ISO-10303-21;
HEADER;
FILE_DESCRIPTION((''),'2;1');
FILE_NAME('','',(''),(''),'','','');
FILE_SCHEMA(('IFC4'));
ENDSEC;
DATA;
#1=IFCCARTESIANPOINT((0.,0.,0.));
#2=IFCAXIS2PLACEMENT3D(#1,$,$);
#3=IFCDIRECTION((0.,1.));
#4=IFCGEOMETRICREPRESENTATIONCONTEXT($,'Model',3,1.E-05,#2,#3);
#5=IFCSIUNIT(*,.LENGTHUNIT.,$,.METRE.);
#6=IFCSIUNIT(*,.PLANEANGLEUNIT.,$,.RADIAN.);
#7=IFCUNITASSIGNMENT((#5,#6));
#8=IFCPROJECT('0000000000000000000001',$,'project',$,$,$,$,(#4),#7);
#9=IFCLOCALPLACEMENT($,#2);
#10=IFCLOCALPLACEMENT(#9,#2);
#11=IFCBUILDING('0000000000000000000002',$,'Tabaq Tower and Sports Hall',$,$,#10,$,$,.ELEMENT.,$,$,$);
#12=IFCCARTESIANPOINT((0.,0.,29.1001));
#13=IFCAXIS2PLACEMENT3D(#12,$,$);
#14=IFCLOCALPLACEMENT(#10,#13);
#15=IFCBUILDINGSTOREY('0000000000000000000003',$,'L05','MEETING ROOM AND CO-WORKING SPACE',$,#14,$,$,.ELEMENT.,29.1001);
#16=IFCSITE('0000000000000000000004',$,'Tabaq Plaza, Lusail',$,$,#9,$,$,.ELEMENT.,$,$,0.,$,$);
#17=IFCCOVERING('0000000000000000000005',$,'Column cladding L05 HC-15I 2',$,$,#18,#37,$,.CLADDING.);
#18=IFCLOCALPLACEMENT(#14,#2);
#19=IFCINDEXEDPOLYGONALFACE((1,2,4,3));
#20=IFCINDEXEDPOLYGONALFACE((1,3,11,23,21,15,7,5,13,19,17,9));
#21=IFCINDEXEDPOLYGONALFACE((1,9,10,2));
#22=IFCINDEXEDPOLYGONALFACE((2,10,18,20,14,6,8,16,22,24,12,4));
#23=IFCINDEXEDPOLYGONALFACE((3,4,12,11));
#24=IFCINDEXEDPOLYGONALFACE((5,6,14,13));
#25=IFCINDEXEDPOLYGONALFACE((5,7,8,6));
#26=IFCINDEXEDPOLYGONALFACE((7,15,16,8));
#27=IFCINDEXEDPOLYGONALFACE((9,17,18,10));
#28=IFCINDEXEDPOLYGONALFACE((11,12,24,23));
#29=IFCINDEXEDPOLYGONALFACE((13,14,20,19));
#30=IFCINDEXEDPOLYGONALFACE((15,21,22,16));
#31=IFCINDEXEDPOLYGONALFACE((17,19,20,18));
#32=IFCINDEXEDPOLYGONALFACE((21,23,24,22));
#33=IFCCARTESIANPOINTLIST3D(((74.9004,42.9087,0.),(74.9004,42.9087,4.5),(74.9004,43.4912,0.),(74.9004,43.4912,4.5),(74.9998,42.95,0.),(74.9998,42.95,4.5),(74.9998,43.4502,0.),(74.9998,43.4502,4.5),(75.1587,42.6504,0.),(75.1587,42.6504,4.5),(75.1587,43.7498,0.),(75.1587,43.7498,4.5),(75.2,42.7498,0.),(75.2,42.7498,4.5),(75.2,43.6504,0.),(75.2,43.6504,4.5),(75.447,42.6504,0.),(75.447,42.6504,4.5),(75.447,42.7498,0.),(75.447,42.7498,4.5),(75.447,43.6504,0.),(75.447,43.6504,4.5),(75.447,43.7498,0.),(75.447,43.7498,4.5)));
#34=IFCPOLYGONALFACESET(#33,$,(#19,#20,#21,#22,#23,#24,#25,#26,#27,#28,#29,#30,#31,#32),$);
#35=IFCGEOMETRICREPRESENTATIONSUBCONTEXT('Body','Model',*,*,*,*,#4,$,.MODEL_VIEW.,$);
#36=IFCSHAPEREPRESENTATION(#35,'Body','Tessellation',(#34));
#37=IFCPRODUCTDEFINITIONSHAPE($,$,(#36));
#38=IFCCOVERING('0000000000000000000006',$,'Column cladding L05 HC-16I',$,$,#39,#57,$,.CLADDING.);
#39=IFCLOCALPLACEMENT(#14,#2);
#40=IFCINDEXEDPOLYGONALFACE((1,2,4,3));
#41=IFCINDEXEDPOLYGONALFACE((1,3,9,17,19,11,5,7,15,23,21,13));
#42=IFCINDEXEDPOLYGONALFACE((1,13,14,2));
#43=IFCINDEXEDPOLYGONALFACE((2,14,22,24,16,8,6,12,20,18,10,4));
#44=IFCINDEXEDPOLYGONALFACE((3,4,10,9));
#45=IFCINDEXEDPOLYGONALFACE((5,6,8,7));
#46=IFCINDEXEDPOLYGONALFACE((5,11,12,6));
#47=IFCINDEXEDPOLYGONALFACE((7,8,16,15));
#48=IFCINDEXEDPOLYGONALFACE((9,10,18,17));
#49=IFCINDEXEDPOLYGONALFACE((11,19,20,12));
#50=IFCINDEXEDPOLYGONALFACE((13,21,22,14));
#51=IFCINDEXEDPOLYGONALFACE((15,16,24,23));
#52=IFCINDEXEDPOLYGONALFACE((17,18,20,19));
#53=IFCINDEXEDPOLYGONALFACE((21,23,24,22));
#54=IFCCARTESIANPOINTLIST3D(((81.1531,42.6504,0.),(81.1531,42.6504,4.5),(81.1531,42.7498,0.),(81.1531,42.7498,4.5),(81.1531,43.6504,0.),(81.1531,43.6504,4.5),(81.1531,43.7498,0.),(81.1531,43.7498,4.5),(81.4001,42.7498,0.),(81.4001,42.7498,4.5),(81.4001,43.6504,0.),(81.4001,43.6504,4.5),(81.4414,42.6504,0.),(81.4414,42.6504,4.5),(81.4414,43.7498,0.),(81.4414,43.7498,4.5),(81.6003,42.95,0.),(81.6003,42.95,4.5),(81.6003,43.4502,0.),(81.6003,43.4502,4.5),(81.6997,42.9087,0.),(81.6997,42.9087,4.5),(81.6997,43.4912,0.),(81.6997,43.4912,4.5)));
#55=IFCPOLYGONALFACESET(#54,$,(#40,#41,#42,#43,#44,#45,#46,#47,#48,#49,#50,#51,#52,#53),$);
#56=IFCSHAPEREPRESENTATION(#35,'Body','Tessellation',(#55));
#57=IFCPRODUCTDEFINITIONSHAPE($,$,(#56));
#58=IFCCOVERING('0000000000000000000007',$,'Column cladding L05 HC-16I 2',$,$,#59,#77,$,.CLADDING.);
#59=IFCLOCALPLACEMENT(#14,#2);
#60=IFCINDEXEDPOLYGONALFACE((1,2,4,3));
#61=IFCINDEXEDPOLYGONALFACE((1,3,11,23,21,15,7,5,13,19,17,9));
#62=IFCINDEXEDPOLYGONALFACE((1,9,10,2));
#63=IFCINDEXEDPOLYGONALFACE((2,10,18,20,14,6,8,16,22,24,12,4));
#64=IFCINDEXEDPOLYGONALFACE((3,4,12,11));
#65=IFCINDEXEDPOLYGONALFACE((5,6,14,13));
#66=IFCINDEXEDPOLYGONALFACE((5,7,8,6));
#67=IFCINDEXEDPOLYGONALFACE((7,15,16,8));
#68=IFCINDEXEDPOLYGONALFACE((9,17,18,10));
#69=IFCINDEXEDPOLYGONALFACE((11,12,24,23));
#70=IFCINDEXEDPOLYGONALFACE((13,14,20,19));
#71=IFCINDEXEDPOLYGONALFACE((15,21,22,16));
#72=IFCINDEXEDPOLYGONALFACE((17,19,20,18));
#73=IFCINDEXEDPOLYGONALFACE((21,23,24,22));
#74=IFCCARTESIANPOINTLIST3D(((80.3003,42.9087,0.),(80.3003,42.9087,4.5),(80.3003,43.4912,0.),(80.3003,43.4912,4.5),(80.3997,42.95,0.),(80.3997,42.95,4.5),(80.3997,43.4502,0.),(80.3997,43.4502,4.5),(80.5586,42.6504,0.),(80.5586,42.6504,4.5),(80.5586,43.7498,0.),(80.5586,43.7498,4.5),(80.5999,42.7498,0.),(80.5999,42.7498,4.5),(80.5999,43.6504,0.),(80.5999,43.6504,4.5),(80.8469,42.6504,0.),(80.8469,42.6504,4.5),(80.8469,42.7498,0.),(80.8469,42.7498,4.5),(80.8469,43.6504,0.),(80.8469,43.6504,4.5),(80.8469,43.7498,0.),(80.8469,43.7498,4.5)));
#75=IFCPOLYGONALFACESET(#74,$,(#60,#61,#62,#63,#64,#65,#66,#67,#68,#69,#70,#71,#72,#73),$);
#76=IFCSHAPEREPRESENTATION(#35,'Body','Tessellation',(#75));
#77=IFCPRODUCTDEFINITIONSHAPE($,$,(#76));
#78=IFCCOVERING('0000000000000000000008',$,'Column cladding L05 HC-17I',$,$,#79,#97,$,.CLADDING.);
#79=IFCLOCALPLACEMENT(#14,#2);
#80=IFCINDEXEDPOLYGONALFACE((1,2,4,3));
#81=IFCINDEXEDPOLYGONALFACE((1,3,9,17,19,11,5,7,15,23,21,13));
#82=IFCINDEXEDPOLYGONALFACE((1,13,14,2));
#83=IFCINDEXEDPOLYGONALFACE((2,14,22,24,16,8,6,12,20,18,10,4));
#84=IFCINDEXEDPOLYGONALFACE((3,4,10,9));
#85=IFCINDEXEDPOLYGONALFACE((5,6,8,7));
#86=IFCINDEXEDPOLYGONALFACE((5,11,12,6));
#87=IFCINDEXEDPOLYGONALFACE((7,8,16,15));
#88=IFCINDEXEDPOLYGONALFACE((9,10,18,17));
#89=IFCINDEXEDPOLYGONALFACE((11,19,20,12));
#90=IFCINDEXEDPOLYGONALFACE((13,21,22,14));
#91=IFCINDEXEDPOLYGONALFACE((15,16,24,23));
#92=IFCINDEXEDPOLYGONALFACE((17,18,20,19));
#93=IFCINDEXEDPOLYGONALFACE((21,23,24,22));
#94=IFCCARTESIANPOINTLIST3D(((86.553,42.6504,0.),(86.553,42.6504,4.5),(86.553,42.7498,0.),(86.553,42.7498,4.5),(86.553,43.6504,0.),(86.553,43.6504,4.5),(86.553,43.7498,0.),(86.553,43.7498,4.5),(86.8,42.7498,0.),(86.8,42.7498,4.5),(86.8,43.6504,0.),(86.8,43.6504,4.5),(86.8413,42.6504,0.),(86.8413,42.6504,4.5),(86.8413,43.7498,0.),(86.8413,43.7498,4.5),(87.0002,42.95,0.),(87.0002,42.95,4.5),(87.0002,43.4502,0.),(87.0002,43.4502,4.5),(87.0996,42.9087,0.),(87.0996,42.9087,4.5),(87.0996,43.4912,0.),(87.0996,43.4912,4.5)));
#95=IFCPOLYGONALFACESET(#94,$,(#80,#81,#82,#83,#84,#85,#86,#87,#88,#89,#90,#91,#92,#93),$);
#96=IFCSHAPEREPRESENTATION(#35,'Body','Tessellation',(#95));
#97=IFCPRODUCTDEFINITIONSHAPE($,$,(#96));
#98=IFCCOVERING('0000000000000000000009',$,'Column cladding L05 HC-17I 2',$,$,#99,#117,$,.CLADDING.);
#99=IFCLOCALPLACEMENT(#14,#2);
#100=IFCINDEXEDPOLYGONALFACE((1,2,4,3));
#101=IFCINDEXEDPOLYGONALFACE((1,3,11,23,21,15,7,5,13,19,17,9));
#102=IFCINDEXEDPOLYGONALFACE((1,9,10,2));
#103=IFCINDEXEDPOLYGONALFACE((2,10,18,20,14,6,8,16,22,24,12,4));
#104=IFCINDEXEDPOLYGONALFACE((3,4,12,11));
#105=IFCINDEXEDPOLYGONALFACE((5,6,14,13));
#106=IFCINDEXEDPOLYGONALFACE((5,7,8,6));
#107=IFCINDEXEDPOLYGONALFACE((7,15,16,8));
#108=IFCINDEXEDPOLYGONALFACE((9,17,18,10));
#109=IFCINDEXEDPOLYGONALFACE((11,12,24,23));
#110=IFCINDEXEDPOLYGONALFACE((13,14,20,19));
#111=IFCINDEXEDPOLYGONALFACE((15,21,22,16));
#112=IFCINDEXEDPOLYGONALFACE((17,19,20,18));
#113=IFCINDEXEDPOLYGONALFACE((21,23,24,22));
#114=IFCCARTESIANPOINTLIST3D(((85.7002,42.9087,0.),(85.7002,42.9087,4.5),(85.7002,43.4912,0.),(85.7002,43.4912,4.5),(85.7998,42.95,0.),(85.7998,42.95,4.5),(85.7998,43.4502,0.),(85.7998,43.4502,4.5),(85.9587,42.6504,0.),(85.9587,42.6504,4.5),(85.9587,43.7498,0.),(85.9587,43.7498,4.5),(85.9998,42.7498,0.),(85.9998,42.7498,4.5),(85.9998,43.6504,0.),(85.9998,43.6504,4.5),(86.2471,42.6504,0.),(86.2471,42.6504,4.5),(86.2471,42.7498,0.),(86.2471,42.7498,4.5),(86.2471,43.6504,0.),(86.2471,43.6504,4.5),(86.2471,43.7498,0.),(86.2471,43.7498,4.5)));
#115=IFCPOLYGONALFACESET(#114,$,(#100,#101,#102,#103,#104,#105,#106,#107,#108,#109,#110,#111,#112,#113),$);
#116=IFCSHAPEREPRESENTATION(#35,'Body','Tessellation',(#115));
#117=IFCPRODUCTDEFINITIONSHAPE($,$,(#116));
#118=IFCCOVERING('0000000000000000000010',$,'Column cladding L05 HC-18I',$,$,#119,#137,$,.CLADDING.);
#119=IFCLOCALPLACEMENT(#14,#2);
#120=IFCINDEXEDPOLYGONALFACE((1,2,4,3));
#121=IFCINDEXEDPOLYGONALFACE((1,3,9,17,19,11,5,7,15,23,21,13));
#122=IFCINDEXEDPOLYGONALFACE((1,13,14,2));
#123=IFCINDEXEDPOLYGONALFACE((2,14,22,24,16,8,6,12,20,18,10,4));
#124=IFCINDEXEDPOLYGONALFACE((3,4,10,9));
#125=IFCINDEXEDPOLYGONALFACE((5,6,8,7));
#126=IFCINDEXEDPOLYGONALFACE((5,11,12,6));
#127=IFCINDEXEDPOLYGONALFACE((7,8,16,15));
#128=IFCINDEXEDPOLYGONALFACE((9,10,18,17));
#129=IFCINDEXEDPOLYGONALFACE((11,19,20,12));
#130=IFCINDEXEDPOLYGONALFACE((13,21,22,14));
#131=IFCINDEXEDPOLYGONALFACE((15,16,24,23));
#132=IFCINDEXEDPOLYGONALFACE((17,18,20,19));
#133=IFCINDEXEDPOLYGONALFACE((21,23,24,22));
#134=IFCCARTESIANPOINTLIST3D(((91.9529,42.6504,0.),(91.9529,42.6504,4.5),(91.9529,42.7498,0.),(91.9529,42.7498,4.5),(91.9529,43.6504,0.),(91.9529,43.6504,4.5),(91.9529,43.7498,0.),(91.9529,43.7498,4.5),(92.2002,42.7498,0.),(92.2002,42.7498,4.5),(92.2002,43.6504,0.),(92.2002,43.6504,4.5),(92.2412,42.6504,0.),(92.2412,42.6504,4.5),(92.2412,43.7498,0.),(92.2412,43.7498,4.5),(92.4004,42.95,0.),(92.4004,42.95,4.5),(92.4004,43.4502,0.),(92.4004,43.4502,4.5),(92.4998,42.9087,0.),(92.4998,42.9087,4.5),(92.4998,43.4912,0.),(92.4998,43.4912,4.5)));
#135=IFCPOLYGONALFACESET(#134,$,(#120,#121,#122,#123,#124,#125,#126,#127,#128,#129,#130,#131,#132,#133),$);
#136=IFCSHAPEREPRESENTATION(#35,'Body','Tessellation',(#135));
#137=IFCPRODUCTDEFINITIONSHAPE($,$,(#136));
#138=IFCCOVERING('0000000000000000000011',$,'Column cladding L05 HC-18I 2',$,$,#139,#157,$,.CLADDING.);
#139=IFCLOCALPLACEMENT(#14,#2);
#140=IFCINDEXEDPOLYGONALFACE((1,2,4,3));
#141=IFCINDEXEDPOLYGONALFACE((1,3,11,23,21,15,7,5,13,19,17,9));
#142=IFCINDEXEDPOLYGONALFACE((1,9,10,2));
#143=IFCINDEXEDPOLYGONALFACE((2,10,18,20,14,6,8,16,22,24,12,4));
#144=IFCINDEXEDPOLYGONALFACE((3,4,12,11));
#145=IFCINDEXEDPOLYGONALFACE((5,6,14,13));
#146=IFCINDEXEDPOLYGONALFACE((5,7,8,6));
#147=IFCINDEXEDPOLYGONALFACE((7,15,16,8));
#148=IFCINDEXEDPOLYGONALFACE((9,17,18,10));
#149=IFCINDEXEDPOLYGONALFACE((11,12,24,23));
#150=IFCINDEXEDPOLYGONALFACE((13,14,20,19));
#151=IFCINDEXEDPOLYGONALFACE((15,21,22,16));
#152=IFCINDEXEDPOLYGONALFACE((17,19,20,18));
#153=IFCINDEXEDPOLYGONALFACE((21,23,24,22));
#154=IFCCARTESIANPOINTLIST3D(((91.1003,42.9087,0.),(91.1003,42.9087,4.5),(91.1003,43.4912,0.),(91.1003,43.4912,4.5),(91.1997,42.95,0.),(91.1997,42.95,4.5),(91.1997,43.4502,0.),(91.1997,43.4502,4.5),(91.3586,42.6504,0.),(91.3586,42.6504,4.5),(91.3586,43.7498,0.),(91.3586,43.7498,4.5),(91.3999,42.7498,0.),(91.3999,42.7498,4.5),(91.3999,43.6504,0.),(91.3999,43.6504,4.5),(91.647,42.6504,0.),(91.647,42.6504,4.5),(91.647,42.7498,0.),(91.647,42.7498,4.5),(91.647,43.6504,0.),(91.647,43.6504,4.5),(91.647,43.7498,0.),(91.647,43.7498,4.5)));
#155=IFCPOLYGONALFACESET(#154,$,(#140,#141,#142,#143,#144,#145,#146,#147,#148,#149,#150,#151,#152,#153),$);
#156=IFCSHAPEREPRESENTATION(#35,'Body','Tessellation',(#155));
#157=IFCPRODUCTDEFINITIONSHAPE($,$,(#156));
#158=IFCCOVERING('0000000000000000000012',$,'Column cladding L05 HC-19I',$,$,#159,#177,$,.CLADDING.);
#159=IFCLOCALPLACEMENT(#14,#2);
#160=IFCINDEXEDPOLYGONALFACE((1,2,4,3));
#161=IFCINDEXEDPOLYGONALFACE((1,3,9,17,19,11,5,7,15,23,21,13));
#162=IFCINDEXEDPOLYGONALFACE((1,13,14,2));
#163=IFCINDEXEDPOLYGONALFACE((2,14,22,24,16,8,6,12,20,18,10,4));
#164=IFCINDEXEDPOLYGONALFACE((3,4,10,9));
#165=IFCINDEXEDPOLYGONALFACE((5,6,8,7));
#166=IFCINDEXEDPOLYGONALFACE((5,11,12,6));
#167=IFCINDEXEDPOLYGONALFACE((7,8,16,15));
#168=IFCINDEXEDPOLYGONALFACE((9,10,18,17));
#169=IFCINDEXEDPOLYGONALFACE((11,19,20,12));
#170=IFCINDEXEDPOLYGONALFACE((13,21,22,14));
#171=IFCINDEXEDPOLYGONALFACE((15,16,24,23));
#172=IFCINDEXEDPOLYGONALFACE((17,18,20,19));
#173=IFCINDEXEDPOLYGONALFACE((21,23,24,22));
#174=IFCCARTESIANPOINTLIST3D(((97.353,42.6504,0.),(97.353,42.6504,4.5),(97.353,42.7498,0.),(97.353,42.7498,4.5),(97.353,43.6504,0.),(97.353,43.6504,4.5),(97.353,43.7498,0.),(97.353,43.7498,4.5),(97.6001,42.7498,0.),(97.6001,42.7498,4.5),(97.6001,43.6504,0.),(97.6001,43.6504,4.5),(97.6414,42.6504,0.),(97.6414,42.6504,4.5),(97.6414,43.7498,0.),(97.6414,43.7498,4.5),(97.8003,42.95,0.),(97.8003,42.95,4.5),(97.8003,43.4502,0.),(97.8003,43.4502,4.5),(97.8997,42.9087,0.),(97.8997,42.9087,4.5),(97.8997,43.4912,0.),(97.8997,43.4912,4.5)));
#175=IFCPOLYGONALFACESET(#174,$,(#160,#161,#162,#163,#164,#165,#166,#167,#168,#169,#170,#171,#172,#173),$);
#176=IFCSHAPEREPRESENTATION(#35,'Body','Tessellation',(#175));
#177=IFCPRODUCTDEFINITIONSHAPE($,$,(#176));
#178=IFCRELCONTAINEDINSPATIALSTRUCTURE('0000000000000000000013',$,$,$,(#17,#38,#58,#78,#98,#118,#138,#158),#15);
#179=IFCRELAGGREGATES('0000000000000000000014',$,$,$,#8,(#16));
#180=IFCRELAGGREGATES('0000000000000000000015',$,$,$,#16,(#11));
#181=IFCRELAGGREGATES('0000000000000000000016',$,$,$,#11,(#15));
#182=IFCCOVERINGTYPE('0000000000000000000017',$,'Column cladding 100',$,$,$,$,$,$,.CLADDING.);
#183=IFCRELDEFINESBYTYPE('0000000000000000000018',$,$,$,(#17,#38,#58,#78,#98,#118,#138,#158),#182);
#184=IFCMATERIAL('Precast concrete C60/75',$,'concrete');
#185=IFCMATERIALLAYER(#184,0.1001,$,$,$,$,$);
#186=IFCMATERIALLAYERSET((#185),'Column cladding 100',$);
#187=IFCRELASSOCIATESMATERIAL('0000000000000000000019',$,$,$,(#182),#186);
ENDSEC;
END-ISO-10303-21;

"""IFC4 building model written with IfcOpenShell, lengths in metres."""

from ifc_helpers import new_model, si_unit, direction, frame, origin, place, context, subcontext, project, spatial, polyline, outline, extrude, material, layer, layer_set, type_object, element, save


model = new_model("IFC4")

# Units and contexts
model_context = context("Model", 3, precision=1e-05, world=origin(), true_north=direction((0.0, 1.0)))
body_context = subcontext(model_context, "Body", "Model", "MODEL_VIEW")
ifc_project = project(units=[si_unit("LENGTHUNIT", "METRE"), si_unit("PLANEANGLEUNIT", "RADIAN")], contexts=[model_context])

# Site, building, storey
site_placement = place(None, origin())
site = spatial("IfcSite", under=ifc_project, at=site_placement, Name="Tabaq Plaza, Lusail", CompositionType="ELEMENT", RefElevation=0.0)
building_placement = place(site_placement, origin())
building = spatial("IfcBuilding", under=site, at=building_placement, Name="Tabaq Tower and Sports Hall", CompositionType="ELEMENT")
storey_placement = place(building_placement, frame((0.0, 0.0, 29.1001)))
storey = spatial("IfcBuildingStorey", under=building, at=storey_placement, Name="L05", Description="MEETING ROOM AND CO-WORKING SPACE", CompositionType="ELEMENT", Elevation=29.1001)

# Coverings
ifc_material_1 = material(Name="Precast concrete C60/75", Category="concrete")
ifc_layer_1 = layer(ifc_material_1, 0.1001)
ifc_layer_set_1 = layer_set([ifc_layer_1], Name="Column cladding 100")
covering_type = type_object("IfcCoveringType", Name="Column cladding 100", PredefinedType="CLADDING", material=ifc_layer_set_1)
covering_1_placement = place(storey_placement, origin())
element("IfcCovering", 1, at=covering_1_placement, inside=storey, type_object=covering_type, Name="Column cladding L05 HC-15I 2", PredefinedType="CLADDING", context=body_context, shape_type="SweptSolid", body=[
    extrude(outline(polyline([(74.9004, 43.4912), (75.1587, 43.7498), (75.447, 43.7498), (75.447, 43.6504), (75.2, 43.6504), (74.9998, 43.4502), (74.9998, 42.95), (75.2, 42.7498), (75.447, 42.7498), (75.447, 42.6504), (75.1587, 42.6504), (74.9004, 42.9087), (74.9004, 43.4912)])), origin(), (0.0, 0.0, 1.0), 4.5),
])
covering_2_placement = place(storey_placement, origin())
element("IfcCovering", 2, at=covering_2_placement, inside=storey, type_object=covering_type, Name="Column cladding L05 HC-16I", PredefinedType="CLADDING", context=body_context, shape_type="SweptSolid", body=[
    extrude(outline(polyline([(81.4414, 43.7498), (81.6997, 43.4912), (81.6997, 42.9087), (81.4414, 42.6504), (81.1531, 42.6504), (81.1531, 42.7498), (81.4001, 42.7498), (81.6003, 42.95), (81.6003, 43.4502), (81.4001, 43.6504), (81.1531, 43.6504), (81.1531, 43.7498), (81.4414, 43.7498)])), origin(), (0.0, 0.0, 1.0), 4.5),
])
covering_3_placement = place(storey_placement, origin())
element("IfcCovering", 3, at=covering_3_placement, inside=storey, type_object=covering_type, Name="Column cladding L05 HC-16I 2", PredefinedType="CLADDING", context=body_context, shape_type="SweptSolid", body=[
    extrude(outline(polyline([(80.3003, 43.4912), (80.5586, 43.7498), (80.8469, 43.7498), (80.8469, 43.6504), (80.5999, 43.6504), (80.3997, 43.4502), (80.3997, 42.95), (80.5999, 42.7498), (80.8469, 42.7498), (80.8469, 42.6504), (80.5586, 42.6504), (80.3003, 42.9087), (80.3003, 43.4912)])), origin(), (0.0, 0.0, 1.0), 4.5),
])
covering_4_placement = place(storey_placement, origin())
element("IfcCovering", 4, at=covering_4_placement, inside=storey, type_object=covering_type, Name="Column cladding L05 HC-17I", PredefinedType="CLADDING", context=body_context, shape_type="SweptSolid", body=[
    extrude(outline(polyline([(86.8413, 43.7498), (87.0996, 43.4912), (87.0996, 42.9087), (86.8413, 42.6504), (86.553, 42.6504), (86.553, 42.7498), (86.8, 42.7498), (87.0002, 42.95), (87.0002, 43.4502), (86.8, 43.6504), (86.553, 43.6504), (86.553, 43.7498), (86.8413, 43.7498)])), origin(), (0.0, 0.0, 1.0), 4.5),
])
covering_5_placement = place(storey_placement, origin())
element("IfcCovering", 5, at=covering_5_placement, inside=storey, type_object=covering_type, Name="Column cladding L05 HC-17I 2", PredefinedType="CLADDING", context=body_context, shape_type="SweptSolid", body=[
    extrude(outline(polyline([(85.7002, 43.4912), (85.9587, 43.7498), (86.2471, 43.7498), (86.2471, 43.6504), (85.9998, 43.6504), (85.7998, 43.4502), (85.7998, 42.95), (85.9998, 42.7498), (86.2471, 42.7498), (86.2471, 42.6504), (85.9587, 42.6504), (85.7002, 42.9087), (85.7002, 43.4912)])), origin(), (0.0, 0.0, 1.0), 4.5),
])
covering_6_placement = place(storey_placement, origin())
element("IfcCovering", 6, at=covering_6_placement, inside=storey, type_object=covering_type, Name="Column cladding L05 HC-18I", PredefinedType="CLADDING", context=body_context, shape_type="SweptSolid", body=[
    extrude(outline(polyline([(92.2412, 43.7498), (92.4998, 43.4912), (92.4998, 42.9087), (92.2412, 42.6504), (91.9529, 42.6504), (91.9529, 42.7498), (92.2002, 42.7498), (92.4004, 42.95), (92.4004, 43.4502), (92.2002, 43.6504), (91.9529, 43.6504), (91.9529, 43.7498), (92.2412, 43.7498)])), origin(), (0.0, 0.0, 1.0), 4.5),
])
covering_7_placement = place(storey_placement, origin())
element("IfcCovering", 7, at=covering_7_placement, inside=storey, type_object=covering_type, Name="Column cladding L05 HC-18I 2", PredefinedType="CLADDING", context=body_context, shape_type="SweptSolid", body=[
    extrude(outline(polyline([(91.1003, 43.4912), (91.3586, 43.7498), (91.647, 43.7498), (91.647, 43.6504), (91.3999, 43.6504), (91.1997, 43.4502), (91.1997, 42.95), (91.3999, 42.7498), (91.647, 42.7498), (91.647, 42.6504), (91.3586, 42.6504), (91.1003, 42.9087), (91.1003, 43.4912)])), origin(), (0.0, 0.0, 1.0), 4.5),
])
covering_8_placement = place(storey_placement, origin())
element("IfcCovering", 8, at=covering_8_placement, inside=storey, type_object=covering_type, Name="Column cladding L05 HC-19I", PredefinedType="CLADDING", context=body_context, shape_type="SweptSolid", body=[
    extrude(outline(polyline([(97.6414, 43.7498), (97.8997, 43.4912), (97.8997, 42.9087), (97.6414, 42.6504), (97.353, 42.6504), (97.353, 42.7498), (97.6001, 42.7498), (97.8003, 42.95), (97.8003, 43.4502), (97.6001, 43.6504), (97.353, 43.6504), (97.353, 43.7498), (97.6414, 43.7498)])), origin(), (0.0, 0.0, 1.0), 4.5),
])

save(model, "model.ifc")
